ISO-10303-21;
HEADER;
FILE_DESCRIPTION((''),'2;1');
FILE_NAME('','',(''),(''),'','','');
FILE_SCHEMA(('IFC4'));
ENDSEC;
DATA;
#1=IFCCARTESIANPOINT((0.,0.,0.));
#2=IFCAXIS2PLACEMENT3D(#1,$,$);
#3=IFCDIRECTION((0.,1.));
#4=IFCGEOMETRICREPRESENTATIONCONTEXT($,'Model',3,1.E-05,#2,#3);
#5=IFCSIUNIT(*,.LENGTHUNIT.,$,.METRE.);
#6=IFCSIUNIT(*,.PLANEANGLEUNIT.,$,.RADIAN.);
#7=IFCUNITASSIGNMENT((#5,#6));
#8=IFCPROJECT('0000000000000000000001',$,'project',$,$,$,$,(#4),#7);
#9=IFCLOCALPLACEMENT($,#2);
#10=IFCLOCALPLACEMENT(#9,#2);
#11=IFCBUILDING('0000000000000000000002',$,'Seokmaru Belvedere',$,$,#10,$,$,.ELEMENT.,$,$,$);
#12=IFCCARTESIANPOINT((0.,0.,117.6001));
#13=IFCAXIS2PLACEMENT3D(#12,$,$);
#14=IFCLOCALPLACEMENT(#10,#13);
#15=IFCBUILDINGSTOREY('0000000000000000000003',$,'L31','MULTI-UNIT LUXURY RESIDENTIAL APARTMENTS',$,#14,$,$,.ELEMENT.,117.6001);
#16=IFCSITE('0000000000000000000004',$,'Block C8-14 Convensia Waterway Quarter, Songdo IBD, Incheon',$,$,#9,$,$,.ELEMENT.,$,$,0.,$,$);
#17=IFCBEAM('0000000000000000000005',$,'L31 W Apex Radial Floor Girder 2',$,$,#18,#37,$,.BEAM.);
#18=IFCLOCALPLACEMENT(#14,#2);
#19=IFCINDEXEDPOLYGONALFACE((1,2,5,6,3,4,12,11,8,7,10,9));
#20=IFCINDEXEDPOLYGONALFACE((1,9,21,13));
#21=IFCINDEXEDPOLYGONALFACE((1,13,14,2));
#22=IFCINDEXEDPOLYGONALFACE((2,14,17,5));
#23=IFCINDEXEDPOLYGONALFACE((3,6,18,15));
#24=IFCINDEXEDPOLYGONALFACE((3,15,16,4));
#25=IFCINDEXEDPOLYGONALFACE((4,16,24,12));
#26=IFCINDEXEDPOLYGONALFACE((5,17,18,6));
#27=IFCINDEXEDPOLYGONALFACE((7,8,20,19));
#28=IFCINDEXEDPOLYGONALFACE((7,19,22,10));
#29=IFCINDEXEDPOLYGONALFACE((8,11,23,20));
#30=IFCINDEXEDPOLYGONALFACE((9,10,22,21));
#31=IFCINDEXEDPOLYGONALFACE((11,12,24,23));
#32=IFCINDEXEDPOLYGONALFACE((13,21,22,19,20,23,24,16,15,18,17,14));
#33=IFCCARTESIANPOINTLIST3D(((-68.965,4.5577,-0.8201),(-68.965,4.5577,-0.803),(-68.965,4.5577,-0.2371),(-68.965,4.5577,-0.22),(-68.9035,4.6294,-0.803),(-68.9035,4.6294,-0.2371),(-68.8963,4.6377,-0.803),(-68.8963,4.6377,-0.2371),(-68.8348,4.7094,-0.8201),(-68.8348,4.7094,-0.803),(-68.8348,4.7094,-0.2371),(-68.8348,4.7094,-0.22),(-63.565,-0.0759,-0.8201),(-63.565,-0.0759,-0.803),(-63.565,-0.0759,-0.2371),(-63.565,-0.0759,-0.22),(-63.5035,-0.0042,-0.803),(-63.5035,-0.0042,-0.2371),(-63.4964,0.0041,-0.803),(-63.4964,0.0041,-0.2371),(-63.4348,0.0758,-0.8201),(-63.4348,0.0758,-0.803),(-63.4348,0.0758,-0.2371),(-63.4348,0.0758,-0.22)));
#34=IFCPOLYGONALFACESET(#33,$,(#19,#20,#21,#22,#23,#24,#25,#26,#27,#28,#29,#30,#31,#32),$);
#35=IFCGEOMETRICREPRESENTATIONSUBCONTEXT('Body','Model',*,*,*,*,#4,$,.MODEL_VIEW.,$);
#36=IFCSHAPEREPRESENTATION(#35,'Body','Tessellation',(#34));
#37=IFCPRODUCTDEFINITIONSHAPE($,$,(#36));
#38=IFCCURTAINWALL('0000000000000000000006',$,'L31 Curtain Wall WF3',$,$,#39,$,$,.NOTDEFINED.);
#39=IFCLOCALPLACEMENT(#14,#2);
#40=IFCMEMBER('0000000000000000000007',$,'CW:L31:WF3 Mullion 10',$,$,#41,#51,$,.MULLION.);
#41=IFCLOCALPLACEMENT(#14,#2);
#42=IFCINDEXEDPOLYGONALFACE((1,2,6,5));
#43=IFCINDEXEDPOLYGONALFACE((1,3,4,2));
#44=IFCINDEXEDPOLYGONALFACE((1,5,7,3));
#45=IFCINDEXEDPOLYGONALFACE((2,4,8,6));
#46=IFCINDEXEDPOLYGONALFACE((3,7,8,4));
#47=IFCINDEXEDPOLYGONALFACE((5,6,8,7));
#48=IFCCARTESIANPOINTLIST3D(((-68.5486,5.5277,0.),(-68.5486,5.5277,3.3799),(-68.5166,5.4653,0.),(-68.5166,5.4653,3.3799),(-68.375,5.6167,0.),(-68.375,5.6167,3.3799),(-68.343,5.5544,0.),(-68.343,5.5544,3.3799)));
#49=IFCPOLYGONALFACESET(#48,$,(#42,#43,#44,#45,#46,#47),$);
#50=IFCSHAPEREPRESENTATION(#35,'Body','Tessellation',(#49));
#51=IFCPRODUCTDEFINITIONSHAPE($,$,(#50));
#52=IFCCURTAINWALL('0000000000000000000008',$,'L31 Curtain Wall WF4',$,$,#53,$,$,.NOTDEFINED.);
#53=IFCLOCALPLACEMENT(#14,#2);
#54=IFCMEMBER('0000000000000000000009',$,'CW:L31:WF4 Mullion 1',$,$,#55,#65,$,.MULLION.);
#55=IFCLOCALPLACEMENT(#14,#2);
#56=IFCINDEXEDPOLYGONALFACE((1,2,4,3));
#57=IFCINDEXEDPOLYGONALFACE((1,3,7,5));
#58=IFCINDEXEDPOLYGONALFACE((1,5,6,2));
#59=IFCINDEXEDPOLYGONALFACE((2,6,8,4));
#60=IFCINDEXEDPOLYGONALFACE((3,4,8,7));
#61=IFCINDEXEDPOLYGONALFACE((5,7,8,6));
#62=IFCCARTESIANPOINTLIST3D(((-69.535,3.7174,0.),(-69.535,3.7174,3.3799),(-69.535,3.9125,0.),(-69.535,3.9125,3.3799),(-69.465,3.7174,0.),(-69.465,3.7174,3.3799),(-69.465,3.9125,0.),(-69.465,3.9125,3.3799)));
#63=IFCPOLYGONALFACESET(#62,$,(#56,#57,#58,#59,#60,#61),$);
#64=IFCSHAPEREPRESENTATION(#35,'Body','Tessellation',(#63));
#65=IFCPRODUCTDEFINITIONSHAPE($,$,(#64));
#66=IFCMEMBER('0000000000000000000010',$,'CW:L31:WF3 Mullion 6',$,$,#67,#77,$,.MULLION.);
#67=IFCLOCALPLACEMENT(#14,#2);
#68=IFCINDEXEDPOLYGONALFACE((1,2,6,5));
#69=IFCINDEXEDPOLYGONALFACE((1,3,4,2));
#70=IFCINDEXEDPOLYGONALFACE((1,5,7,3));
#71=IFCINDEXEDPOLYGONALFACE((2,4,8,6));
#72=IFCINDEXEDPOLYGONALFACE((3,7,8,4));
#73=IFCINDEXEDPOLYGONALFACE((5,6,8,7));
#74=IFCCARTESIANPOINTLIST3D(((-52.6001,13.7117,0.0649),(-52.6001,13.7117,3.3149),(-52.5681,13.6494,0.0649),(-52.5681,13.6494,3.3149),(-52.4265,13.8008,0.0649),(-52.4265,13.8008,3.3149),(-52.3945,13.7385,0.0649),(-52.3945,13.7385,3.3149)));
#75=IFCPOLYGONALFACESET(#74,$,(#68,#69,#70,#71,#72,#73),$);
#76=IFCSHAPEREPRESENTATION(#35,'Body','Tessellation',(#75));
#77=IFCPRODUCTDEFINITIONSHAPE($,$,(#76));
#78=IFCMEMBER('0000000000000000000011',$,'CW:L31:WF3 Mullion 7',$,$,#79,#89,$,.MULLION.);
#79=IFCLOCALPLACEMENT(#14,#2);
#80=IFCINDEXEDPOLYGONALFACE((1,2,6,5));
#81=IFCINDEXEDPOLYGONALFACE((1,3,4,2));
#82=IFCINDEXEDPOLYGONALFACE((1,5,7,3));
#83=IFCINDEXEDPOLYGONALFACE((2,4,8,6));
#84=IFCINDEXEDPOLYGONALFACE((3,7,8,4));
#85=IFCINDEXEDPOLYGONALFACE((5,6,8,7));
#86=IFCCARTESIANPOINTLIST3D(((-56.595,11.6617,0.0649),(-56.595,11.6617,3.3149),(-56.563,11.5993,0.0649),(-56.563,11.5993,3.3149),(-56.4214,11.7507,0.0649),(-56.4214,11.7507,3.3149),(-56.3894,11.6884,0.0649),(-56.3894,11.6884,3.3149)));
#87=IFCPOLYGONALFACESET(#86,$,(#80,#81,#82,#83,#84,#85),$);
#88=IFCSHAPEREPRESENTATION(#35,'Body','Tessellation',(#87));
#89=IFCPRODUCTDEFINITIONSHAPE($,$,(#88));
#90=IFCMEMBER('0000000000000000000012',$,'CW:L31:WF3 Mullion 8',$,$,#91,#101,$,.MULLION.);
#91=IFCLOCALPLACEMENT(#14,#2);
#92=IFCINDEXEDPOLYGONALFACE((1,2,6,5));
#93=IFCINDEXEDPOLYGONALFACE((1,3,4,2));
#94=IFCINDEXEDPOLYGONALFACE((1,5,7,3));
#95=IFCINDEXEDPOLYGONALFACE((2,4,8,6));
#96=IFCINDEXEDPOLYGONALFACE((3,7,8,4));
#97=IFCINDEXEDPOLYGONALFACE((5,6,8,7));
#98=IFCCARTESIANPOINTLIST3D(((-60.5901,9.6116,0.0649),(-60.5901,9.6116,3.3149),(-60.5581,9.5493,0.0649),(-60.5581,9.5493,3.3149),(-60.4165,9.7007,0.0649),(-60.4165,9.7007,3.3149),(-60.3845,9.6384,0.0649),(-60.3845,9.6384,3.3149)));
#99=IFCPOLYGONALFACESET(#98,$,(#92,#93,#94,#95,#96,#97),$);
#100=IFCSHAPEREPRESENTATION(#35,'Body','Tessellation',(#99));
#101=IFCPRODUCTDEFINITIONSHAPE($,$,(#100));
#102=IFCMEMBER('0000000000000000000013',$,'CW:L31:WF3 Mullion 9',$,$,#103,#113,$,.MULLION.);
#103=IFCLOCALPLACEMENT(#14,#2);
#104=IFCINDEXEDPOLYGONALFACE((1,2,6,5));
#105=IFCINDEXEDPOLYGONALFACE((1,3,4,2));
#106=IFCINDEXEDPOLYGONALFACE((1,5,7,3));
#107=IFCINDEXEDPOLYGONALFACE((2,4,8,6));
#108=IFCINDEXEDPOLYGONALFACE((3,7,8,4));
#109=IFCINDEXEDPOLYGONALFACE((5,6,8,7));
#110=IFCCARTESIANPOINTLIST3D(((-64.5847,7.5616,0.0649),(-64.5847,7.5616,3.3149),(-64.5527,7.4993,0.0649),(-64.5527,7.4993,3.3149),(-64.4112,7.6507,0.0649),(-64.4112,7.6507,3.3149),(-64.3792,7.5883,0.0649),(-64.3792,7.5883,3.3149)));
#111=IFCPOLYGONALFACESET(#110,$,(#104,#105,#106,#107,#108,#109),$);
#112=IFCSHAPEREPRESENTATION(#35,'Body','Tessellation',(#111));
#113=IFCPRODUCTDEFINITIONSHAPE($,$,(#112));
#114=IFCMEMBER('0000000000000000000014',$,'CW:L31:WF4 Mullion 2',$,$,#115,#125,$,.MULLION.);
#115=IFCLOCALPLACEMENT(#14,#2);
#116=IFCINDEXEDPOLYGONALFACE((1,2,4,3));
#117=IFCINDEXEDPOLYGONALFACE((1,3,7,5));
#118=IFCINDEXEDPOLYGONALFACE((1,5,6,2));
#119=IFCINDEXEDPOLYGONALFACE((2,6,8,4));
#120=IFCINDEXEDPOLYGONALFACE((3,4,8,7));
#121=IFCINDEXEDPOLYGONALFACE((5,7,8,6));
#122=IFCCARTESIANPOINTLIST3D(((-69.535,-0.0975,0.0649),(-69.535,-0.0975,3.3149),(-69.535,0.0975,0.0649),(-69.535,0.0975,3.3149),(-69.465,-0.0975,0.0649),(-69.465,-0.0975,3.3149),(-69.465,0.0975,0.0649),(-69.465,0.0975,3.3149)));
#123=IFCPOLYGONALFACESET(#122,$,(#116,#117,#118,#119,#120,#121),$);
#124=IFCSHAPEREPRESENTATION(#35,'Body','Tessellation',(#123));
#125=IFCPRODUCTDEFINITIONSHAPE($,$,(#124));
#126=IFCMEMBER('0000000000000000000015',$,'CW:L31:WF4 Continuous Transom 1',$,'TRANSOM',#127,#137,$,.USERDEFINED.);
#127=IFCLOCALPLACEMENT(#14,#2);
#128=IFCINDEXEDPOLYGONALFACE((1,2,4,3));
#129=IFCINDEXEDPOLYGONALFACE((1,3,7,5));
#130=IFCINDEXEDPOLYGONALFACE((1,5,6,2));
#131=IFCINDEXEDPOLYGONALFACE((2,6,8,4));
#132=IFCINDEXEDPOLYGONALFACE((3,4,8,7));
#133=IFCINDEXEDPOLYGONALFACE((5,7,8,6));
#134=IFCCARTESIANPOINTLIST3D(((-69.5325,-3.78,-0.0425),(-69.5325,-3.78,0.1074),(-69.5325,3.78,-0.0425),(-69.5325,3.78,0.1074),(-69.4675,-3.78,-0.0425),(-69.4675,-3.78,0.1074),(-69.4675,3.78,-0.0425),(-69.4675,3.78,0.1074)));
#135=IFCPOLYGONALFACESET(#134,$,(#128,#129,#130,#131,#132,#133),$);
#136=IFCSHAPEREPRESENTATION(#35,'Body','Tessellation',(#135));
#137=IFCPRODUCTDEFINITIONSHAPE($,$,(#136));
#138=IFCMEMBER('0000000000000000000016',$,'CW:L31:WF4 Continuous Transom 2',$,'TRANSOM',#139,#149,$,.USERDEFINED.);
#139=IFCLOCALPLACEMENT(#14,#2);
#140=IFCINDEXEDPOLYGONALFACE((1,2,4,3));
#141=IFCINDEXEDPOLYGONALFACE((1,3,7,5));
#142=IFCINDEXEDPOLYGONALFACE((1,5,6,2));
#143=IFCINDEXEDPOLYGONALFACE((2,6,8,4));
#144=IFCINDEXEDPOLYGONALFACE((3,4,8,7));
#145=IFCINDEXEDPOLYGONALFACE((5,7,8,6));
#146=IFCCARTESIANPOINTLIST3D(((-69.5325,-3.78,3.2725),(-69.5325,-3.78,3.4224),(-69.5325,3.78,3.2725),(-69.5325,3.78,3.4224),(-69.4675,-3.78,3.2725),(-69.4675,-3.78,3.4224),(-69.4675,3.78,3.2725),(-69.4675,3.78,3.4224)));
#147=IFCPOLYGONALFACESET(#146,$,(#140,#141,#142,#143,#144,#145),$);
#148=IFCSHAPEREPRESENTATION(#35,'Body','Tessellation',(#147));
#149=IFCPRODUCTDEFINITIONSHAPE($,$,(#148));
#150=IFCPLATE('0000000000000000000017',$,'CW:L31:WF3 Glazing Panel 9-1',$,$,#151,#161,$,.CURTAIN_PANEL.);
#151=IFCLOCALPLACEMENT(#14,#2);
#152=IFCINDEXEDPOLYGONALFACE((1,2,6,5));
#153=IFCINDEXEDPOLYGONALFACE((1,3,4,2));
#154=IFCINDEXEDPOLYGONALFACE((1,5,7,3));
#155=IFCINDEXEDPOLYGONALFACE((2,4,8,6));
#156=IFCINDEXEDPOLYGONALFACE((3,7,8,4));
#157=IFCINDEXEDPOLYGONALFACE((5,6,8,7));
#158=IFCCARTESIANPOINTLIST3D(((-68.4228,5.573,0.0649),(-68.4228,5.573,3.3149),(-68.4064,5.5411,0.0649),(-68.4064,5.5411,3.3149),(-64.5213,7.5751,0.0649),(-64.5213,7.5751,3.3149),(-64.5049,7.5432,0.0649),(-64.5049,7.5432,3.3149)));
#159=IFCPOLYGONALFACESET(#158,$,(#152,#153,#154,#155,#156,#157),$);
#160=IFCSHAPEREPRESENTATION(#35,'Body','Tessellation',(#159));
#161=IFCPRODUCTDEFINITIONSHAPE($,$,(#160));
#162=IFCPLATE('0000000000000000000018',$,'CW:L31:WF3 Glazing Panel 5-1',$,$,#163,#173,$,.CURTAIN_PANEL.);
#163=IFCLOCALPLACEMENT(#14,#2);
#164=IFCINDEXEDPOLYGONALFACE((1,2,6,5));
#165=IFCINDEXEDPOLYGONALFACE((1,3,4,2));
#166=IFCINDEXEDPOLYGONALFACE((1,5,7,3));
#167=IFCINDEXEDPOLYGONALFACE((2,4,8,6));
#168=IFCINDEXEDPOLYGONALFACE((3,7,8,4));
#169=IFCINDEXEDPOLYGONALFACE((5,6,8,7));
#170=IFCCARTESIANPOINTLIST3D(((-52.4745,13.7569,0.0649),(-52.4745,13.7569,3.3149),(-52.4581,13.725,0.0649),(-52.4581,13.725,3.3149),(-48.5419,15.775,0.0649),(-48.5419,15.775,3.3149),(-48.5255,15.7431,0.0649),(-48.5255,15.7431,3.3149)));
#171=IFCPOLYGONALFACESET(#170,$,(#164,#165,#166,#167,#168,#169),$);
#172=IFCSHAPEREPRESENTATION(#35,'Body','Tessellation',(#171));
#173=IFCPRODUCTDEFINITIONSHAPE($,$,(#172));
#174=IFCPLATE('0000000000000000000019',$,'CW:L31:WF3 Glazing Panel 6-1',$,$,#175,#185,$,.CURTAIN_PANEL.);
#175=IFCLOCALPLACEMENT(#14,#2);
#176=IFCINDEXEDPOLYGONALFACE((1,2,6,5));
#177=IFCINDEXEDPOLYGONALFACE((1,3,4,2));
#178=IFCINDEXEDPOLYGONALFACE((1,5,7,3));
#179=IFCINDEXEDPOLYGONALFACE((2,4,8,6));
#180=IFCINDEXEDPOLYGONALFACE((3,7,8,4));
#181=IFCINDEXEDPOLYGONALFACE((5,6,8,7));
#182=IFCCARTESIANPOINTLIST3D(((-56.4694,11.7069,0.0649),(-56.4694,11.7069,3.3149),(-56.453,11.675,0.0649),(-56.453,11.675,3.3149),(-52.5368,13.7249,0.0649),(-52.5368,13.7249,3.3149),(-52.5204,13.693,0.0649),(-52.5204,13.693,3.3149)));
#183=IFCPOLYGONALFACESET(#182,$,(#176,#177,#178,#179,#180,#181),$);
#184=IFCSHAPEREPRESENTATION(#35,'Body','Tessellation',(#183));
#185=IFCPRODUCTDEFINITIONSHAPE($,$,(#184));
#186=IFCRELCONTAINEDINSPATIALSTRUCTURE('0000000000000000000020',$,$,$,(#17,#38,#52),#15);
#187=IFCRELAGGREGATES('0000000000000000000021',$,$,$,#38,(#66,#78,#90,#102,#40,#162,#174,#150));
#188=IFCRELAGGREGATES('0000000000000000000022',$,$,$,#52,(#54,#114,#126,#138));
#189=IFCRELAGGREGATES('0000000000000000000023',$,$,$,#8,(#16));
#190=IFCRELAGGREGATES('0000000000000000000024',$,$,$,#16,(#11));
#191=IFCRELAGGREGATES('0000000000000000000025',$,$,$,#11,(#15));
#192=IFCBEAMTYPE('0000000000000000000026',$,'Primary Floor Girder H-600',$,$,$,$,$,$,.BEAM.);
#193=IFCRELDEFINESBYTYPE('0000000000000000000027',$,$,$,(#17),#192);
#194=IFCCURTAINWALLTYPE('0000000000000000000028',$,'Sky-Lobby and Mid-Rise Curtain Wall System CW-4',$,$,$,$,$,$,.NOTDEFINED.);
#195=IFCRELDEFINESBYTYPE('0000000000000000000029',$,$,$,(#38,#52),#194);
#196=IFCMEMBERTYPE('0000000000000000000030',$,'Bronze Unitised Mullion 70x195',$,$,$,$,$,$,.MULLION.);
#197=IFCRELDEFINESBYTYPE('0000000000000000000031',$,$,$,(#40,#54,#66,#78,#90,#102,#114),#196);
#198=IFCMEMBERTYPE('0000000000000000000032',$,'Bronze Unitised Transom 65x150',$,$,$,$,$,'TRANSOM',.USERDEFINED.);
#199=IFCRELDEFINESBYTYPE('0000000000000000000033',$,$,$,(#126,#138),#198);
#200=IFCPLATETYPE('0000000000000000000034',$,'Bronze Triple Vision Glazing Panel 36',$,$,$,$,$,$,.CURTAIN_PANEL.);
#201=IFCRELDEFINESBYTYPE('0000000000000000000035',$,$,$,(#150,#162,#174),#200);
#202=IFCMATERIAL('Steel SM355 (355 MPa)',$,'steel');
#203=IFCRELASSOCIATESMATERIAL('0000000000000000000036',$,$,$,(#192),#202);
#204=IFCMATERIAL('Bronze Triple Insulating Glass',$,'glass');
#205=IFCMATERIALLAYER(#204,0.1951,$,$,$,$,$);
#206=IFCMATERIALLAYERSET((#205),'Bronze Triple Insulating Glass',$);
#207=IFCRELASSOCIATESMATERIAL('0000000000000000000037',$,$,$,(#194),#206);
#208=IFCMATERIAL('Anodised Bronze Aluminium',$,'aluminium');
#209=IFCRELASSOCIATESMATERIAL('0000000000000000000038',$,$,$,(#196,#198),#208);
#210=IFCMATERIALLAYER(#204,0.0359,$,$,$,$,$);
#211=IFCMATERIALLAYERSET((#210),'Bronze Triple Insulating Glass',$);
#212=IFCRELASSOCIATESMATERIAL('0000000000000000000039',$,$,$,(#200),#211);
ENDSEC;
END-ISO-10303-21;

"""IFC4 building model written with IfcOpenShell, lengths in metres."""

from ifc_helpers import new_model, si_unit, direction, frame, origin, origin_2d, place, context, subcontext, project, spatial, rectangle, i_section, extrude, source, transform, mapped, material, layer, layer_set, material_profile, profile_set, type_object, type_shapes, element, aggregate, save


model = new_model("IFC4")

# Units and contexts
model_context = context("Model", 3, precision=1e-05, world=origin(), true_north=direction((0.0, 1.0)))
body_context = subcontext(model_context, "Body", "Model", "MODEL_VIEW")
ifc_project = project(units=[si_unit("LENGTHUNIT", "METRE"), si_unit("PLANEANGLEUNIT", "RADIAN")], contexts=[model_context])

# Site, building, storey
site_placement = place(None, origin())
site = spatial("IfcSite", under=ifc_project, at=site_placement, Name="Block C8-14 Convensia Waterway Quarter, Songdo IBD, Incheon", CompositionType="ELEMENT", RefElevation=0.0)
building_placement = place(site_placement, origin())
building = spatial("IfcBuilding", under=site, at=building_placement, Name="Seokmaru Belvedere", CompositionType="ELEMENT")
storey_placement = place(building_placement, frame((0.0, 0.0, 117.6001)))
storey = spatial("IfcBuildingStorey", under=building, at=storey_placement, Name="L31", Description="MULTI-UNIT LUXURY RESIDENTIAL APARTMENTS", CompositionType="ELEMENT", Elevation=117.6001)

# Shared definitions
ifc_material_1 = material(Name="Steel SM355 (355 MPa)", Category="steel")

# Beam
ifc_material_profile_1 = material_profile(ifc_material_1, i_section(OverallWidth=0.2, OverallDepth=0.6001, WebThickness=0.011, FlangeThickness=0.0171, at=origin_2d()), Name="H-600x200x11x17")
ifc_profile_set_1 = profile_set([ifc_material_profile_1], Name="Steel SM355 (355 MPa)")
beam_type_1 = type_object("IfcBeamType", Name="Primary Floor Girder H-600", PredefinedType="BEAM", material=ifc_profile_set_1)
shared_shape_1 = source(origin(), body_context, "Body", "SweptSolid", [
    extrude(i_section(OverallWidth=0.2, OverallDepth=0.6001, WebThickness=0.011, FlangeThickness=0.0171, at=origin_2d()), origin(), (0.0, 0.0, 1.0), 7.1155),
])
beam_1_placement = place(storey_placement, frame((-68.8999, 4.6335, -0.52), z_axis=(0.758905, -0.651201, 0.0), x_axis=(0.651201, 0.758905, 0.0)))
element("IfcBeam", 1, at=beam_1_placement, inside=storey, type_object=beam_type_1, Name="L31 W Apex Radial Floor Girder 2", PredefinedType="BEAM", context=body_context, shape_type="MappedRepresentation", body=[
    mapped(shared_shape_1, transform((0.0, 0.0, 0.0), scale=1.0)),
])

# Curtain walls, members
ifc_material_2 = material(Name="Bronze Triple Insulating Glass", Category="glass")
ifc_layer_1 = layer(ifc_material_2, 0.1951)
ifc_layer_set_1 = layer_set([ifc_layer_1], Name="Bronze Triple Insulating Glass")
curtain_wall_type = type_object("IfcCurtainWallType", Name="Sky-Lobby and Mid-Rise Curtain Wall System CW-4", PredefinedType="NOTDEFINED", material=ifc_layer_set_1)
curtain_wall_1_placement = place(storey_placement, origin())
curtain_wall_1 = element("IfcCurtainWall", 2, at=curtain_wall_1_placement, inside=storey, type_object=curtain_wall_type, Name="L31 Curtain Wall WF3", PredefinedType="NOTDEFINED")
ifc_material_3 = material(Name="Anodised Bronze Aluminium", Category="aluminium")
ifc_material_profile_2 = material_profile(ifc_material_3, rectangle(XDim=0.0701, YDim=0.1951, at=origin_2d()), Name="CW-M-70x195")
ifc_profile_set_2 = profile_set([ifc_material_profile_2], Name="Anodised Bronze Aluminium")
member_type_1 = type_object("IfcMemberType", Name="Bronze Unitised Mullion 70x195", PredefinedType="MULLION", material=ifc_profile_set_2)
shared_shape_2 = source(origin(), body_context, "Body", "SweptSolid", [
    extrude(rectangle(XDim=0.0701, YDim=0.1951, at=origin_2d()), origin(), (0.0, 0.0, 1.0), 3.3799),
])
member_1_placement = place(storey_placement, frame((-68.4458, 5.541, 0.0), z_axis=(0.0, 0.0, 1.0), x_axis=(0.456555, -0.889695, 0.0)))
member_1 = element("IfcMember", 3, at=member_1_placement, type_object=member_type_1, Name="CW:L31:WF3 Mullion 10", PredefinedType="MULLION", context=body_context, shape_type="MappedRepresentation", body=[
    mapped(shared_shape_2, transform((0.0, 0.0, 0.0), scale=1.0)),
])
curtain_wall_2_placement = place(storey_placement, origin())
curtain_wall_2 = element("IfcCurtainWall", 4, at=curtain_wall_2_placement, inside=storey, type_object=curtain_wall_type, Name="L31 Curtain Wall WF4", PredefinedType="NOTDEFINED")
member_2_placement = place(storey_placement, frame((-69.5, 3.8149, 0.0), z_axis=(0.0, 0.0, 1.0), x_axis=(1.0, 0.0, 0.0)))
member_2 = element("IfcMember", 5, at=member_2_placement, type_object=member_type_1, Name="CW:L31:WF4 Mullion 1", PredefinedType="MULLION", context=body_context, shape_type="MappedRepresentation", body=[
    mapped(shared_shape_2, transform((0.0, 0.0, 0.0), scale=1.0)),
])

# Members
shared_shape_3 = source(origin(), body_context, "Body", "SweptSolid", [
    extrude(rectangle(XDim=0.0701, YDim=0.1951, at=origin_2d()), origin(), (0.0, 0.0, 1.0), 3.25),
])
type_shapes(member_type_1, [shared_shape_2, shared_shape_3])
member_3_placement = place(storey_placement, frame((-52.4973, 13.7251, 0.0649), z_axis=(0.0, 0.0, 1.0), x_axis=(0.456555, -0.889695, 0.0)))
member_3 = element("IfcMember", 6, at=member_3_placement, type_object=member_type_1, Name="CW:L31:WF3 Mullion 6", PredefinedType="MULLION", context=body_context, shape_type="MappedRepresentation", body=[
    mapped(shared_shape_3, transform((0.0, 0.0, 0.0), scale=1.0)),
])
member_4_placement = place(storey_placement, frame((-56.4922, 11.675, 0.0649), z_axis=(0.0, 0.0, 1.0), x_axis=(0.456555, -0.889695, 0.0)))
member_4 = element("IfcMember", 7, at=member_4_placement, type_object=member_type_1, Name="CW:L31:WF3 Mullion 7", PredefinedType="MULLION", context=body_context, shape_type="MappedRepresentation", body=[
    mapped(shared_shape_3, transform((0.0, 0.0, 0.0), scale=1.0)),
])
member_5_placement = place(storey_placement, frame((-60.4873, 9.625, 0.0649), z_axis=(0.0, 0.0, 1.0), x_axis=(0.456555, -0.889695, 0.0)))
member_5 = element("IfcMember", 8, at=member_5_placement, type_object=member_type_1, Name="CW:L31:WF3 Mullion 8", PredefinedType="MULLION", context=body_context, shape_type="MappedRepresentation", body=[
    mapped(shared_shape_3, transform((0.0, 0.0, 0.0), scale=1.0)),
])
member_6_placement = place(storey_placement, frame((-64.4819, 7.575, 0.0649), z_axis=(0.0, 0.0, 1.0), x_axis=(0.456555, -0.889695, 0.0)))
member_6 = element("IfcMember", 9, at=member_6_placement, type_object=member_type_1, Name="CW:L31:WF3 Mullion 9", PredefinedType="MULLION", context=body_context, shape_type="MappedRepresentation", body=[
    mapped(shared_shape_3, transform((0.0, 0.0, 0.0), scale=1.0)),
])
member_7_placement = place(storey_placement, frame((-69.5, 0.0, 0.0649), z_axis=(0.0, 0.0, 1.0), x_axis=(1.0, 0.0, 0.0)))
member_7 = element("IfcMember", 10, at=member_7_placement, type_object=member_type_1, Name="CW:L31:WF4 Mullion 2", PredefinedType="MULLION", context=body_context, shape_type="MappedRepresentation", body=[
    mapped(shared_shape_3, transform((0.0, 0.0, 0.0), scale=1.0)),
])
ifc_material_profile_3 = material_profile(ifc_material_3, rectangle(XDim=0.0649, YDim=0.1499, at=origin_2d()), Name="CW-T-65x150")
ifc_profile_set_3 = profile_set([ifc_material_profile_3], Name="Anodised Bronze Aluminium")
member_type_2 = type_object("IfcMemberType", Name="Bronze Unitised Transom 65x150", ElementType="TRANSOM", PredefinedType="USERDEFINED", material=ifc_profile_set_3)
shared_shape_4 = source(origin(), body_context, "Body", "SweptSolid", [
    extrude(rectangle(XDim=0.0649, YDim=0.1499, at=origin_2d()), origin(), (0.0, 0.0, 1.0), 7.5601),
])
type_shapes(member_type_2, [shared_shape_4])
member_8_placement = place(storey_placement, frame((-69.5, 3.78, 0.0325), z_axis=(0.0, -1.0, 0.0), x_axis=(1.0, 0.0, 0.0)))
member_8 = element("IfcMember", 11, at=member_8_placement, type_object=member_type_2, Name="CW:L31:WF4 Continuous Transom 1", ObjectType="TRANSOM", PredefinedType="USERDEFINED", context=body_context, shape_type="MappedRepresentation", body=[
    mapped(shared_shape_4, transform((0.0, 0.0, 0.0), scale=1.0)),
])
member_9_placement = place(storey_placement, frame((-69.5, 3.78, 3.3474), z_axis=(0.0, -1.0, 0.0), x_axis=(1.0, 0.0, 0.0)))
member_9 = element("IfcMember", 12, at=member_9_placement, type_object=member_type_2, Name="CW:L31:WF4 Continuous Transom 2", ObjectType="TRANSOM", PredefinedType="USERDEFINED", context=body_context, shape_type="MappedRepresentation", body=[
    mapped(shared_shape_4, transform((0.0, 0.0, 0.0), scale=1.0)),
])

# Plates
ifc_layer_2 = layer(ifc_material_2, 0.0359)
ifc_layer_set_2 = layer_set([ifc_layer_2], Name="Bronze Triple Insulating Glass")
plate_type = type_object("IfcPlateType", Name="Bronze Triple Vision Glazing Panel 36", PredefinedType="CURTAIN_PANEL", material=ifc_layer_set_2)
shared_shape_5 = source(origin(), body_context, "Body", "SweptSolid", [
    extrude(rectangle(XDim=4.3853, YDim=0.0359, at=origin_2d()), origin(), (0.0, 0.0, 1.0), 3.25),
])
plate_1_placement = place(storey_placement, frame((-66.4639, 6.5581, 0.0649), z_axis=(0.0, 0.0, 1.0), x_axis=(-0.889695, -0.456555, 0.0)))
plate_1 = element("IfcPlate", 13, at=plate_1_placement, type_object=plate_type, Name="CW:L31:WF3 Glazing Panel 9-1", PredefinedType="CURTAIN_PANEL", context=body_context, shape_type="MappedRepresentation", body=[
    mapped(shared_shape_5, transform((0.0, 0.0, 0.0), scale=1.0)),
])
shared_shape_6 = source(origin(), body_context, "Body", "SweptSolid", [
    extrude(rectangle(XDim=4.4202, YDim=0.0359, at=origin_2d()), origin(), (0.0, 0.0, 1.0), 3.25),
])
plate_2_placement = place(storey_placement, frame((-50.5, 14.75, 0.0649), z_axis=(0.0, 0.0, 1.0), x_axis=(-0.889695, -0.456555, 0.0)))
plate_2 = element("IfcPlate", 14, at=plate_2_placement, type_object=plate_type, Name="CW:L31:WF3 Glazing Panel 5-1", PredefinedType="CURTAIN_PANEL", context=body_context, shape_type="MappedRepresentation", body=[
    mapped(shared_shape_6, transform((0.0, 0.0, 0.0), scale=1.0)),
])
plate_3_placement = place(storey_placement, frame((-54.4949, 12.7, 0.0649), z_axis=(0.0, 0.0, 1.0), x_axis=(-0.889695, -0.456555, 0.0)))
plate_3 = element("IfcPlate", 15, at=plate_3_placement, type_object=plate_type, Name="CW:L31:WF3 Glazing Panel 6-1", PredefinedType="CURTAIN_PANEL", context=body_context, shape_type="MappedRepresentation", body=[
    mapped(shared_shape_6, transform((0.0, 0.0, 0.0), scale=1.0)),
])
aggregate(curtain_wall_1, [member_3, member_4, member_5, member_6, member_1, plate_2, plate_3, plate_1])
aggregate(curtain_wall_2, [member_2, member_7, member_8, member_9])

save(model, "model.ifc")
